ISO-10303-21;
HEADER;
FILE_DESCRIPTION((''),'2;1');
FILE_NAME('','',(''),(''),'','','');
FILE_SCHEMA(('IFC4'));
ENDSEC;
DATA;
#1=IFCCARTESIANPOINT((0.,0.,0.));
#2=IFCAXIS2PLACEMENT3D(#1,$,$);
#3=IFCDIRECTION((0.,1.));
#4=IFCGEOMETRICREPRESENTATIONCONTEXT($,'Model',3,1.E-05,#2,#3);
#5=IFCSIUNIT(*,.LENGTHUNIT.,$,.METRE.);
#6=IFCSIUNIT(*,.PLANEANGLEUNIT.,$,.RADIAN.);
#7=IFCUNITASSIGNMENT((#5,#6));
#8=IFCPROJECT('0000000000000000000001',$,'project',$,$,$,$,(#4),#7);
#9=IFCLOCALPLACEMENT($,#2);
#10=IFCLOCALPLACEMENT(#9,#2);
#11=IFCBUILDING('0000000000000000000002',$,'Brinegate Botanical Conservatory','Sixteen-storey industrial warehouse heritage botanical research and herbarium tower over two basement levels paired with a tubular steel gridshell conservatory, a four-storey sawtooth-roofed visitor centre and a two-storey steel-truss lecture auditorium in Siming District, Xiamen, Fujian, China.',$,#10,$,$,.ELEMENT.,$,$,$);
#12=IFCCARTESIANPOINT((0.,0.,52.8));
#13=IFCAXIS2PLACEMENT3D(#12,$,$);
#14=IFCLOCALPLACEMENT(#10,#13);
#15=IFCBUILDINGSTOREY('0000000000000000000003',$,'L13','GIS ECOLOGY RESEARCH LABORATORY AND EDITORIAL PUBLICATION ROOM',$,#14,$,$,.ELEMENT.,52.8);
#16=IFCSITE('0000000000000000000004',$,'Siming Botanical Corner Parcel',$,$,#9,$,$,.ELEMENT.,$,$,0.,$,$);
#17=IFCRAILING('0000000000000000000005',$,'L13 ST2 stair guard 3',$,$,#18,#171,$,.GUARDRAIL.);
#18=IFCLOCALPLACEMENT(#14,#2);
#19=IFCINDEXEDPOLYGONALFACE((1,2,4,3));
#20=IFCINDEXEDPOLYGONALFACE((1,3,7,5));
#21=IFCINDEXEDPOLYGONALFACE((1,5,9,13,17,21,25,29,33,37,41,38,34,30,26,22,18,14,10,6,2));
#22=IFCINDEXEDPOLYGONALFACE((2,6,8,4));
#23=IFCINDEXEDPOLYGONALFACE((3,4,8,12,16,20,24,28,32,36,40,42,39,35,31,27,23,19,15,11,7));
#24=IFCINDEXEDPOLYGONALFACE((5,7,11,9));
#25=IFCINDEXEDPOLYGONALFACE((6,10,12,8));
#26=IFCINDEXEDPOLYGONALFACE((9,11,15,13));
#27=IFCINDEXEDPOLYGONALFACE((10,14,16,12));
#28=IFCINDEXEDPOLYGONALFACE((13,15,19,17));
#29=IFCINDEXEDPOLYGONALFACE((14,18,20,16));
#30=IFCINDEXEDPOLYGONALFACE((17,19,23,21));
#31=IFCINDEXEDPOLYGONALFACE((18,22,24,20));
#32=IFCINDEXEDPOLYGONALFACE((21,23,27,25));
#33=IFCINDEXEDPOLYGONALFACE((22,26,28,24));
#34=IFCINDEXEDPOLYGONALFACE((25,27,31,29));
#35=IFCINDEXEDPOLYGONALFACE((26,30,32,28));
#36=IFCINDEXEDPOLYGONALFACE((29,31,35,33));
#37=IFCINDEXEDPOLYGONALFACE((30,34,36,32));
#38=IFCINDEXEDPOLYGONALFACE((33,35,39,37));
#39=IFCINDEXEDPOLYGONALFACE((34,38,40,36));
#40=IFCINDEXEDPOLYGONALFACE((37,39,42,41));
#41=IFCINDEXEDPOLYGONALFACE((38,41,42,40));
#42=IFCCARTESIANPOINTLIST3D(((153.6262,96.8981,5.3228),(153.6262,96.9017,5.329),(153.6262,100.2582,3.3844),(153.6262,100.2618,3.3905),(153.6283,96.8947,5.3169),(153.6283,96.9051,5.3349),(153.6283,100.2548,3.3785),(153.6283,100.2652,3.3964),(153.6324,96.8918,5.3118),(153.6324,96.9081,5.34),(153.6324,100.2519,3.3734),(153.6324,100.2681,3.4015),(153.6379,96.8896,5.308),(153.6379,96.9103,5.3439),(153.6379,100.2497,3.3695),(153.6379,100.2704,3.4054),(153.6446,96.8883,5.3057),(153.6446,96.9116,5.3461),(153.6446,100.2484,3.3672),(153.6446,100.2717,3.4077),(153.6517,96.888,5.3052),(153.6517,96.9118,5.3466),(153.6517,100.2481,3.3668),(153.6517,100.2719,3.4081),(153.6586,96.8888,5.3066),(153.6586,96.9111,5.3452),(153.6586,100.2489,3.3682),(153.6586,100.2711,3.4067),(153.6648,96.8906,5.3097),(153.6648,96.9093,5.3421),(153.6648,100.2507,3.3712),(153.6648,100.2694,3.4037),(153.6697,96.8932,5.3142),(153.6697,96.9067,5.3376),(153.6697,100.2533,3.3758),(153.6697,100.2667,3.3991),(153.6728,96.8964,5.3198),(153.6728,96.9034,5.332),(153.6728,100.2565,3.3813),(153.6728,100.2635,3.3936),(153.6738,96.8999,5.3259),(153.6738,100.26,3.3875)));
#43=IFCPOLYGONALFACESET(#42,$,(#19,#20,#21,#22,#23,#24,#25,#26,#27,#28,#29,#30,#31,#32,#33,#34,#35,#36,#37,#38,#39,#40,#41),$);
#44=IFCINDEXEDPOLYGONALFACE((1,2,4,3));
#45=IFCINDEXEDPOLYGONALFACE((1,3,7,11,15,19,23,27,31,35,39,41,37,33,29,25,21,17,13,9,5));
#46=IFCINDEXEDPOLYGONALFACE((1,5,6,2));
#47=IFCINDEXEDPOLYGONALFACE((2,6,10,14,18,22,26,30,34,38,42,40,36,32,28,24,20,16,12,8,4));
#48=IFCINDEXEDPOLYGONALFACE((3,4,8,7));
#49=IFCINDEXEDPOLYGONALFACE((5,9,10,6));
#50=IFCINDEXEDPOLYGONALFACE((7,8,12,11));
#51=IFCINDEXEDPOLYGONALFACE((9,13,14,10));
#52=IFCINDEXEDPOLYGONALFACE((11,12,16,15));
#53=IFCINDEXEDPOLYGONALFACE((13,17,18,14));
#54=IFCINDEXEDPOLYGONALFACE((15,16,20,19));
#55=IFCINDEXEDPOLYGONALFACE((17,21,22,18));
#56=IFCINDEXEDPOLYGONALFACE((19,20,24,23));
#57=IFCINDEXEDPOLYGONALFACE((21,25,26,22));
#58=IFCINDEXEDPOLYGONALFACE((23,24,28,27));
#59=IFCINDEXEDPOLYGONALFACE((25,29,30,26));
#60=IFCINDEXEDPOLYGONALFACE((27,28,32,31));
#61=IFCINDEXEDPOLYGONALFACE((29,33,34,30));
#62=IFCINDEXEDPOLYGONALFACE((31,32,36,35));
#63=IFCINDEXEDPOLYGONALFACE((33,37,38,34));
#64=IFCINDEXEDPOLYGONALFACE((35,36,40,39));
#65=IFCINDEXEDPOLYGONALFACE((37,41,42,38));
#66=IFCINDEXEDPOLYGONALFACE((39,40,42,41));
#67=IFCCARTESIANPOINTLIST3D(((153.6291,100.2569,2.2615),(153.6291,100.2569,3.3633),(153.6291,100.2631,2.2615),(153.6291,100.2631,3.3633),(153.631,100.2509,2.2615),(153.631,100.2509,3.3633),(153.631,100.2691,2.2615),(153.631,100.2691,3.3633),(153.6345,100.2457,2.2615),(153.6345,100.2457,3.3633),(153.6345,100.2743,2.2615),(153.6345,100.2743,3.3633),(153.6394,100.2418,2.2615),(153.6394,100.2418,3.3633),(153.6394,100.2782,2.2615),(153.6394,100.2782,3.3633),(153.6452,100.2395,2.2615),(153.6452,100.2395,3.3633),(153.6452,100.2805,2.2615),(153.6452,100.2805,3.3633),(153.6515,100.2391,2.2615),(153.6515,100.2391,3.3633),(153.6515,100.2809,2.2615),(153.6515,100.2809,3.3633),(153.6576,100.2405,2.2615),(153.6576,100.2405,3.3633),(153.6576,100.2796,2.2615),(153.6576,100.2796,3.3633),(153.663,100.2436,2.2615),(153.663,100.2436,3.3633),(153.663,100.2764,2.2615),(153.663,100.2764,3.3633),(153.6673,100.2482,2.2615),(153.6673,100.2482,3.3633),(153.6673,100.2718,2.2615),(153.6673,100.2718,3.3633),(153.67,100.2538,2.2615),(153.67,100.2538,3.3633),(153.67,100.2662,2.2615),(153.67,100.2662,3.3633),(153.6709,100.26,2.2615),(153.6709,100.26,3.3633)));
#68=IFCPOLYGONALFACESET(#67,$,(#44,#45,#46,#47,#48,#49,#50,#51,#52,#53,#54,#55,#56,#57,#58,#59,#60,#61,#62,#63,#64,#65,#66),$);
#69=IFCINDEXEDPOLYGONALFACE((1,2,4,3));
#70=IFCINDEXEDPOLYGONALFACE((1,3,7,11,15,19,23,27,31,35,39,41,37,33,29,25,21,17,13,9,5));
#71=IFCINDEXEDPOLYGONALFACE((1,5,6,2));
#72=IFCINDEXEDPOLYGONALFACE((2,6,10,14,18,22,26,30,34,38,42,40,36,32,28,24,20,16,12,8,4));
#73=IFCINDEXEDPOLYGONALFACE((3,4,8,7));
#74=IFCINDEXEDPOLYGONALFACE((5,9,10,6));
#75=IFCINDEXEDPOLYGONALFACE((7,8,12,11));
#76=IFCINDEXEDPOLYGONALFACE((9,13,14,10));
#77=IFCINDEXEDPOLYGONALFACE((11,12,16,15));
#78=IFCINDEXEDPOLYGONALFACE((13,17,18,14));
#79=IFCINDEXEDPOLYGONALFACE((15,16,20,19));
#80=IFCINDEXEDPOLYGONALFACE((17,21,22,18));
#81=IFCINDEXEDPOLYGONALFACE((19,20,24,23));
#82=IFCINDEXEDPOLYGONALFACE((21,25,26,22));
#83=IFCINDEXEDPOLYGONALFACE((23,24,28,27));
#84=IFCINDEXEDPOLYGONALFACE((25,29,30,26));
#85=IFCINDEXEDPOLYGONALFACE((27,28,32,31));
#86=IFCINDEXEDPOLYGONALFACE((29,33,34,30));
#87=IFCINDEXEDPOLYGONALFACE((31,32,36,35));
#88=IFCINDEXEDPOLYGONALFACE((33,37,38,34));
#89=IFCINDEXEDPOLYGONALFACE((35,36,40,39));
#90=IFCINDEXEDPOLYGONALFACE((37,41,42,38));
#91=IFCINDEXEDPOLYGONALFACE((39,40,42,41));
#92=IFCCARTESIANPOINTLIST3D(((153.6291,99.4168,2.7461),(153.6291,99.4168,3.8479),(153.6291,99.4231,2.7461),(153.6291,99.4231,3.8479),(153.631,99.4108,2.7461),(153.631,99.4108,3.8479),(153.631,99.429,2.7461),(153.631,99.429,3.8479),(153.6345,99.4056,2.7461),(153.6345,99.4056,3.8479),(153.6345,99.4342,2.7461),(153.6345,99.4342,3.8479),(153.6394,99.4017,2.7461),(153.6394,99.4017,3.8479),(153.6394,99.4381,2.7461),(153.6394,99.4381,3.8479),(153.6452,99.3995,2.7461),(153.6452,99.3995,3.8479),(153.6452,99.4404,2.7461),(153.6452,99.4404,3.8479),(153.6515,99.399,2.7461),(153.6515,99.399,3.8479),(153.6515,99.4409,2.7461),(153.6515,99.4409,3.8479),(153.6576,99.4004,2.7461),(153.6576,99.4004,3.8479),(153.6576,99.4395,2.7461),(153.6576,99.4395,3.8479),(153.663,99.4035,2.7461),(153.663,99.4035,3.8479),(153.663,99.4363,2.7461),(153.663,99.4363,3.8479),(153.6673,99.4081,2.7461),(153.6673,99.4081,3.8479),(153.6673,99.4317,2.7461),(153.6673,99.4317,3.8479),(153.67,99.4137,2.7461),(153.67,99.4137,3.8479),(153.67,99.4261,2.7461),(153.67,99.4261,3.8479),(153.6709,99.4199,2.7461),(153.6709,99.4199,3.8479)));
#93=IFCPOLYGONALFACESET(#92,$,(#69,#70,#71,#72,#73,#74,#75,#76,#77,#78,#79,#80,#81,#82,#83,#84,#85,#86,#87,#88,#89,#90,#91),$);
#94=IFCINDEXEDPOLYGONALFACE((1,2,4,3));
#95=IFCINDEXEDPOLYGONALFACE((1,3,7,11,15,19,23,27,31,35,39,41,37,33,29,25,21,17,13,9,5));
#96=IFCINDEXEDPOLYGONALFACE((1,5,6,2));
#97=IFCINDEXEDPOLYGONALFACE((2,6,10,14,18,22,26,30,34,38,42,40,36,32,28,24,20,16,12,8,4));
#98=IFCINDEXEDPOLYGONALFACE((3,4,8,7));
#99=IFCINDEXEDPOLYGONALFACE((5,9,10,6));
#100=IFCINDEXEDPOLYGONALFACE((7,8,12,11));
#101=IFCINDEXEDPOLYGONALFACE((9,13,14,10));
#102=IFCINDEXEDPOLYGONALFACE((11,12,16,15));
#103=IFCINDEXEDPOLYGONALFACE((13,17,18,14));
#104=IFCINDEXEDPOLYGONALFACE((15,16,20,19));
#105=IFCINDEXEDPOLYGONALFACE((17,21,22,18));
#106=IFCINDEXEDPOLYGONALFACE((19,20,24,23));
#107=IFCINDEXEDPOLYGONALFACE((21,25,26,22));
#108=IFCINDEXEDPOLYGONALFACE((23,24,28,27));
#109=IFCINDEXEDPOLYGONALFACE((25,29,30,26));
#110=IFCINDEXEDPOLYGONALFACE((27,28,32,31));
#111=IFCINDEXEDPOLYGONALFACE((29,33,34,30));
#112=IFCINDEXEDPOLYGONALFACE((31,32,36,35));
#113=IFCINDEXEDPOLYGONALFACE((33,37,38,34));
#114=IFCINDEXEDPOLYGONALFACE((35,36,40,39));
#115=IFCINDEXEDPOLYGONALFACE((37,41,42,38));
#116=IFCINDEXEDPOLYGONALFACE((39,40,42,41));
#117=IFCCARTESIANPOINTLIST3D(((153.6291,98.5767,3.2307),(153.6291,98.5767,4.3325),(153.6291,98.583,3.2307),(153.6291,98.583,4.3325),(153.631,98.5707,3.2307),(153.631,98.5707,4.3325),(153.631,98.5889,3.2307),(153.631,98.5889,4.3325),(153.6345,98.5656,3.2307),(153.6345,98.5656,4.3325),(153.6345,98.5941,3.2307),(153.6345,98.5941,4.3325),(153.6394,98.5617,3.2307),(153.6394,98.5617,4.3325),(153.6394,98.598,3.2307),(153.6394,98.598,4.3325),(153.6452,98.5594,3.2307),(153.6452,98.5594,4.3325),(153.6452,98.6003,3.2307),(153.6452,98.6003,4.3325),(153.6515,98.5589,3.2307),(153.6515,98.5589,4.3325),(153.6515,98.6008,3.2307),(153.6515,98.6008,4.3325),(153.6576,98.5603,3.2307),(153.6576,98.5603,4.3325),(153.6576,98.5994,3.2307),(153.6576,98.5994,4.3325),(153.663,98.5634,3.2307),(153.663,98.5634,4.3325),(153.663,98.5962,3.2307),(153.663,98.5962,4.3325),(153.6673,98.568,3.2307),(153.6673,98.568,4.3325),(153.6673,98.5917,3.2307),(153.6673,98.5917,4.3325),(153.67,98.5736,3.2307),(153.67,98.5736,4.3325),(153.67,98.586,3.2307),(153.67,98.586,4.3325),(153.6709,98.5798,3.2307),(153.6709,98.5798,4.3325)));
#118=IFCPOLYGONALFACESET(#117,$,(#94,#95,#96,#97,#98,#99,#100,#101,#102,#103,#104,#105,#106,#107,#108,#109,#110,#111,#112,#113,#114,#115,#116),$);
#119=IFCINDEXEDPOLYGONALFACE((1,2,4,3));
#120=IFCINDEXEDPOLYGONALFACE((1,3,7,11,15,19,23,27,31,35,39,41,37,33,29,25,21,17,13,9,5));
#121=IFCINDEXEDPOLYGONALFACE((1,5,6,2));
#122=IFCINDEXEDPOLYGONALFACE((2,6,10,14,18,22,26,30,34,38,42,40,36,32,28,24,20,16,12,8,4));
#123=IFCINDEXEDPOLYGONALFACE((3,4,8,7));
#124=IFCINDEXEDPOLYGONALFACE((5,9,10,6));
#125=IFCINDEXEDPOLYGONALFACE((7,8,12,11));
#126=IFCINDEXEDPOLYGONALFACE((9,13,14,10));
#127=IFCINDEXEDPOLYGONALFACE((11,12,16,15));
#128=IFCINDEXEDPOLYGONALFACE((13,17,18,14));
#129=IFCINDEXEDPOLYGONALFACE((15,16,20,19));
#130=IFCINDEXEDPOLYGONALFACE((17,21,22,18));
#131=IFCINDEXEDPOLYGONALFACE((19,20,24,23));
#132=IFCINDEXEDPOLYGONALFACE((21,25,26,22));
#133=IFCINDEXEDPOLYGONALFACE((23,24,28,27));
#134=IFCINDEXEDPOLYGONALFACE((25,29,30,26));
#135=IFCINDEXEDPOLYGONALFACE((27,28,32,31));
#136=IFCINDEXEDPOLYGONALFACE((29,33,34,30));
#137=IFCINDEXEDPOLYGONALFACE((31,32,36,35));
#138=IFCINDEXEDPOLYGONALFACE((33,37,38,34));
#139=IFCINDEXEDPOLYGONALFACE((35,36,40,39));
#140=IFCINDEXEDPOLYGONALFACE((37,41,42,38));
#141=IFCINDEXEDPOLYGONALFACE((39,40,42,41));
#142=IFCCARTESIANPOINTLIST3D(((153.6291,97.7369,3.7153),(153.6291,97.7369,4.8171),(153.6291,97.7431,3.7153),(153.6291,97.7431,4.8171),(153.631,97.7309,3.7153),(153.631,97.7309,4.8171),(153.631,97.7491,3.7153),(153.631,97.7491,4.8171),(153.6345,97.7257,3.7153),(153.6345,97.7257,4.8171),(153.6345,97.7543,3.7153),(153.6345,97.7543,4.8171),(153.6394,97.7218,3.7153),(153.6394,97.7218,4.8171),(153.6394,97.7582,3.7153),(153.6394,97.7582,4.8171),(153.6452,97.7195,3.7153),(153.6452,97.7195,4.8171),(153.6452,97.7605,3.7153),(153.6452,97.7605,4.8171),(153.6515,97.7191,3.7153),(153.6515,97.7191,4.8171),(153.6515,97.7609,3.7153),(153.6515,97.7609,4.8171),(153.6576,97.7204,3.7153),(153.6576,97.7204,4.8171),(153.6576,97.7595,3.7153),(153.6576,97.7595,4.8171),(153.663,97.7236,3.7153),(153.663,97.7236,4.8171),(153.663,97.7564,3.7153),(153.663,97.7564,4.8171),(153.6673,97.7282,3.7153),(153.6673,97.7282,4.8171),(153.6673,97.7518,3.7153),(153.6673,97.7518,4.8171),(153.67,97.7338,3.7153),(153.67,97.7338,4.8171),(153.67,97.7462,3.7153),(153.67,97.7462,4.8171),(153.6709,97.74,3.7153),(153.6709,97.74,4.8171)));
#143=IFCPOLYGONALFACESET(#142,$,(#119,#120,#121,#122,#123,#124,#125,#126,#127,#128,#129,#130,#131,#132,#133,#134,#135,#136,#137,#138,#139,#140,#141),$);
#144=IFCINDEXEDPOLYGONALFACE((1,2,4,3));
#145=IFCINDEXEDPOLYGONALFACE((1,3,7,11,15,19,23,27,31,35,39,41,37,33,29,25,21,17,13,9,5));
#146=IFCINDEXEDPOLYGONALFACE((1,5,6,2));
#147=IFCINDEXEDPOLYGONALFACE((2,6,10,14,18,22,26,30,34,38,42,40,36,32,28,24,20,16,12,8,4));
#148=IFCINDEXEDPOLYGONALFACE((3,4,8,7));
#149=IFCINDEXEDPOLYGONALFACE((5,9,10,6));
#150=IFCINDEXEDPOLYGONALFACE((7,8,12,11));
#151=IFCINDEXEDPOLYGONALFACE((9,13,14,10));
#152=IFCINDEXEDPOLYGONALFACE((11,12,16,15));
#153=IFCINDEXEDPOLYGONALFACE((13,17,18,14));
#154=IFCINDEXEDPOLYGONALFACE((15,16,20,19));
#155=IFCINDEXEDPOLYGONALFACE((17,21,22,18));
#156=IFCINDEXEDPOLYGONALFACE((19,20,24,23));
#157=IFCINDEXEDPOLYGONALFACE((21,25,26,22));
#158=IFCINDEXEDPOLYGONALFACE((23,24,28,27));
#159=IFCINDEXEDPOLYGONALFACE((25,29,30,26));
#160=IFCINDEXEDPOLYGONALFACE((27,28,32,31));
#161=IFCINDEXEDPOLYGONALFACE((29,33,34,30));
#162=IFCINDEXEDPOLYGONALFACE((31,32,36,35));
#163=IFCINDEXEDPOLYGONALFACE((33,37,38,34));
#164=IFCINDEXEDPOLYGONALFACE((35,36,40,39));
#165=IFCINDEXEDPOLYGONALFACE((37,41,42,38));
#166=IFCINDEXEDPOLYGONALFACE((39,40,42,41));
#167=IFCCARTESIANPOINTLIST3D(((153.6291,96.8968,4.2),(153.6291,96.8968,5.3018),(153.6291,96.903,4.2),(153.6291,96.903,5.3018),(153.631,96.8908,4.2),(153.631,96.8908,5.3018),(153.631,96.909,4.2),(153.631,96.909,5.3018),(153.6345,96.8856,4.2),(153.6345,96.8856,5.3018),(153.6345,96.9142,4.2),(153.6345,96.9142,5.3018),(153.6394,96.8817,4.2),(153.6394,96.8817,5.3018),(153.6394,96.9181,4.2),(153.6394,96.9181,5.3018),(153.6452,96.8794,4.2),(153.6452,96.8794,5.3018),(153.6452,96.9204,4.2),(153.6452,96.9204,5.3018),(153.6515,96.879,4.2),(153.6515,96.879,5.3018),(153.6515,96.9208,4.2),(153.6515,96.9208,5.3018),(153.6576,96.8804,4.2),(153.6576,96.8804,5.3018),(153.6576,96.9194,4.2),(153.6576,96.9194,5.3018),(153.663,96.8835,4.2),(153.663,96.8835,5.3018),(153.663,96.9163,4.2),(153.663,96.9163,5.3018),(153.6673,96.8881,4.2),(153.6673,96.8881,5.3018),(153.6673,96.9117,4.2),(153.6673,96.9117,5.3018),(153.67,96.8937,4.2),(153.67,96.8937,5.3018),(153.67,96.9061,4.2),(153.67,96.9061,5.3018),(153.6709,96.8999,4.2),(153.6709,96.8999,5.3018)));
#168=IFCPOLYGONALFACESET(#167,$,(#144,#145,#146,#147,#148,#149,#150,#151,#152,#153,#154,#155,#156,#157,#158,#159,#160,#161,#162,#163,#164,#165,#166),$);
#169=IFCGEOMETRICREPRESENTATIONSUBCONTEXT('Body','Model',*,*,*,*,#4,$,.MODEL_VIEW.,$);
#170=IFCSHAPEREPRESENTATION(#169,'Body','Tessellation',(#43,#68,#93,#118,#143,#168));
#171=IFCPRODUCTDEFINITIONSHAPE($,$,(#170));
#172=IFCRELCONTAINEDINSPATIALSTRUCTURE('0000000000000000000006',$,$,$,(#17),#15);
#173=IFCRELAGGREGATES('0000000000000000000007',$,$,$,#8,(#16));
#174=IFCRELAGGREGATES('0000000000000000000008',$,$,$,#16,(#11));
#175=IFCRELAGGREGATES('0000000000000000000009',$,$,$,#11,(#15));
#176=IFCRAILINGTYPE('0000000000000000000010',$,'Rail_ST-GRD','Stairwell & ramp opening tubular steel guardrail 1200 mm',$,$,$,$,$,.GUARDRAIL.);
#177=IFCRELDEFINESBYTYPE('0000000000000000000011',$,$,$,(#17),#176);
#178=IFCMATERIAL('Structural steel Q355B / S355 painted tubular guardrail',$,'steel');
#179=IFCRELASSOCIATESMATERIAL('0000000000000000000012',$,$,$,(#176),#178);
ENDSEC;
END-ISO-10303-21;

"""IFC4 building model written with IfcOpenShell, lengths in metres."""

from ifc_helpers import new_model, si_unit, direction, frame, origin, origin_2d, place, context, subcontext, project, spatial, circle, extrude, material, type_object, element, save


model = new_model("IFC4")

# Units and contexts
model_context = context("Model", 3, precision=1e-05, world=origin(), true_north=direction((0.0, 1.0)))
body_context = subcontext(model_context, "Body", "Model", "MODEL_VIEW")
ifc_project = project(units=[si_unit("LENGTHUNIT", "METRE"), si_unit("PLANEANGLEUNIT", "RADIAN")], contexts=[model_context])

# Site, building, storey
site_placement = place(None, origin())
site = spatial("IfcSite", under=ifc_project, at=site_placement, Name="Siming Botanical Corner Parcel", CompositionType="ELEMENT", RefElevation=0.0)
building_placement = place(site_placement, origin())
building = spatial("IfcBuilding", under=site, at=building_placement, Name="Brinegate Botanical Conservatory", Description="Sixteen-storey industrial warehouse heritage botanical research and herbarium tower over two basement levels paired with a tubular steel gridshell conservatory, a four-storey sawtooth-roofed visitor centre and a two-storey steel-truss lecture auditorium in Siming District, Xiamen, Fujian, China.", CompositionType="ELEMENT")
storey_placement = place(building_placement, frame((0.0, 0.0, 52.8)))
storey = spatial("IfcBuildingStorey", under=building, at=storey_placement, Name="L13", Description="GIS ECOLOGY RESEARCH LABORATORY AND EDITORIAL PUBLICATION ROOM", CompositionType="ELEMENT", Elevation=52.8)

# Railing
ifc_material_1 = material(Name="Structural steel Q355B / S355 painted tubular guardrail", Category="steel")
railing_type_1 = type_object("IfcRailingType", Name="Rail_ST-GRD", Description="Stairwell & ramp opening tubular steel guardrail 1200 mm", PredefinedType="GUARDRAIL", material=ifc_material_1)
railing_1_placement = place(storey_placement, frame((153.6499, 100.26, 2.2615)))
element("IfcRailing", 1, at=railing_1_placement, inside=storey, type_object=railing_type_1, Name="L13 ST2 stair guard 3", PredefinedType="GUARDRAIL", context=body_context, shape_type="SweptSolid", body=[
    extrude(circle(Radius=0.0239, at=origin_2d()), frame((0.0, 0.0, 1.126), z_axis=(0.0, -0.866191, 0.499713), x_axis=(1.0, 0.0, 0.0)), (0.0, 0.0, 1.0), 3.8792),
    extrude(circle(Radius=0.021, at=origin_2d()), origin(), (0.0, 0.0, 1.0), 1.1018),
    extrude(circle(Radius=0.021, at=origin_2d()), frame((0.0, -0.8401, 0.4846)), (0.0, 0.0, 1.0), 1.1018),
    extrude(circle(Radius=0.021, at=origin_2d()), frame((0.0, -1.6802, 0.9692)), (0.0, 0.0, 1.0), 1.1018),
    extrude(circle(Radius=0.021, at=origin_2d()), frame((0.0, -2.52, 1.4539)), (0.0, 0.0, 1.0), 1.1018),
    extrude(circle(Radius=0.021, at=origin_2d()), frame((0.0, -3.3601, 1.9385)), (0.0, 0.0, 1.0), 1.1018),
])

save(model, "model.ifc")
